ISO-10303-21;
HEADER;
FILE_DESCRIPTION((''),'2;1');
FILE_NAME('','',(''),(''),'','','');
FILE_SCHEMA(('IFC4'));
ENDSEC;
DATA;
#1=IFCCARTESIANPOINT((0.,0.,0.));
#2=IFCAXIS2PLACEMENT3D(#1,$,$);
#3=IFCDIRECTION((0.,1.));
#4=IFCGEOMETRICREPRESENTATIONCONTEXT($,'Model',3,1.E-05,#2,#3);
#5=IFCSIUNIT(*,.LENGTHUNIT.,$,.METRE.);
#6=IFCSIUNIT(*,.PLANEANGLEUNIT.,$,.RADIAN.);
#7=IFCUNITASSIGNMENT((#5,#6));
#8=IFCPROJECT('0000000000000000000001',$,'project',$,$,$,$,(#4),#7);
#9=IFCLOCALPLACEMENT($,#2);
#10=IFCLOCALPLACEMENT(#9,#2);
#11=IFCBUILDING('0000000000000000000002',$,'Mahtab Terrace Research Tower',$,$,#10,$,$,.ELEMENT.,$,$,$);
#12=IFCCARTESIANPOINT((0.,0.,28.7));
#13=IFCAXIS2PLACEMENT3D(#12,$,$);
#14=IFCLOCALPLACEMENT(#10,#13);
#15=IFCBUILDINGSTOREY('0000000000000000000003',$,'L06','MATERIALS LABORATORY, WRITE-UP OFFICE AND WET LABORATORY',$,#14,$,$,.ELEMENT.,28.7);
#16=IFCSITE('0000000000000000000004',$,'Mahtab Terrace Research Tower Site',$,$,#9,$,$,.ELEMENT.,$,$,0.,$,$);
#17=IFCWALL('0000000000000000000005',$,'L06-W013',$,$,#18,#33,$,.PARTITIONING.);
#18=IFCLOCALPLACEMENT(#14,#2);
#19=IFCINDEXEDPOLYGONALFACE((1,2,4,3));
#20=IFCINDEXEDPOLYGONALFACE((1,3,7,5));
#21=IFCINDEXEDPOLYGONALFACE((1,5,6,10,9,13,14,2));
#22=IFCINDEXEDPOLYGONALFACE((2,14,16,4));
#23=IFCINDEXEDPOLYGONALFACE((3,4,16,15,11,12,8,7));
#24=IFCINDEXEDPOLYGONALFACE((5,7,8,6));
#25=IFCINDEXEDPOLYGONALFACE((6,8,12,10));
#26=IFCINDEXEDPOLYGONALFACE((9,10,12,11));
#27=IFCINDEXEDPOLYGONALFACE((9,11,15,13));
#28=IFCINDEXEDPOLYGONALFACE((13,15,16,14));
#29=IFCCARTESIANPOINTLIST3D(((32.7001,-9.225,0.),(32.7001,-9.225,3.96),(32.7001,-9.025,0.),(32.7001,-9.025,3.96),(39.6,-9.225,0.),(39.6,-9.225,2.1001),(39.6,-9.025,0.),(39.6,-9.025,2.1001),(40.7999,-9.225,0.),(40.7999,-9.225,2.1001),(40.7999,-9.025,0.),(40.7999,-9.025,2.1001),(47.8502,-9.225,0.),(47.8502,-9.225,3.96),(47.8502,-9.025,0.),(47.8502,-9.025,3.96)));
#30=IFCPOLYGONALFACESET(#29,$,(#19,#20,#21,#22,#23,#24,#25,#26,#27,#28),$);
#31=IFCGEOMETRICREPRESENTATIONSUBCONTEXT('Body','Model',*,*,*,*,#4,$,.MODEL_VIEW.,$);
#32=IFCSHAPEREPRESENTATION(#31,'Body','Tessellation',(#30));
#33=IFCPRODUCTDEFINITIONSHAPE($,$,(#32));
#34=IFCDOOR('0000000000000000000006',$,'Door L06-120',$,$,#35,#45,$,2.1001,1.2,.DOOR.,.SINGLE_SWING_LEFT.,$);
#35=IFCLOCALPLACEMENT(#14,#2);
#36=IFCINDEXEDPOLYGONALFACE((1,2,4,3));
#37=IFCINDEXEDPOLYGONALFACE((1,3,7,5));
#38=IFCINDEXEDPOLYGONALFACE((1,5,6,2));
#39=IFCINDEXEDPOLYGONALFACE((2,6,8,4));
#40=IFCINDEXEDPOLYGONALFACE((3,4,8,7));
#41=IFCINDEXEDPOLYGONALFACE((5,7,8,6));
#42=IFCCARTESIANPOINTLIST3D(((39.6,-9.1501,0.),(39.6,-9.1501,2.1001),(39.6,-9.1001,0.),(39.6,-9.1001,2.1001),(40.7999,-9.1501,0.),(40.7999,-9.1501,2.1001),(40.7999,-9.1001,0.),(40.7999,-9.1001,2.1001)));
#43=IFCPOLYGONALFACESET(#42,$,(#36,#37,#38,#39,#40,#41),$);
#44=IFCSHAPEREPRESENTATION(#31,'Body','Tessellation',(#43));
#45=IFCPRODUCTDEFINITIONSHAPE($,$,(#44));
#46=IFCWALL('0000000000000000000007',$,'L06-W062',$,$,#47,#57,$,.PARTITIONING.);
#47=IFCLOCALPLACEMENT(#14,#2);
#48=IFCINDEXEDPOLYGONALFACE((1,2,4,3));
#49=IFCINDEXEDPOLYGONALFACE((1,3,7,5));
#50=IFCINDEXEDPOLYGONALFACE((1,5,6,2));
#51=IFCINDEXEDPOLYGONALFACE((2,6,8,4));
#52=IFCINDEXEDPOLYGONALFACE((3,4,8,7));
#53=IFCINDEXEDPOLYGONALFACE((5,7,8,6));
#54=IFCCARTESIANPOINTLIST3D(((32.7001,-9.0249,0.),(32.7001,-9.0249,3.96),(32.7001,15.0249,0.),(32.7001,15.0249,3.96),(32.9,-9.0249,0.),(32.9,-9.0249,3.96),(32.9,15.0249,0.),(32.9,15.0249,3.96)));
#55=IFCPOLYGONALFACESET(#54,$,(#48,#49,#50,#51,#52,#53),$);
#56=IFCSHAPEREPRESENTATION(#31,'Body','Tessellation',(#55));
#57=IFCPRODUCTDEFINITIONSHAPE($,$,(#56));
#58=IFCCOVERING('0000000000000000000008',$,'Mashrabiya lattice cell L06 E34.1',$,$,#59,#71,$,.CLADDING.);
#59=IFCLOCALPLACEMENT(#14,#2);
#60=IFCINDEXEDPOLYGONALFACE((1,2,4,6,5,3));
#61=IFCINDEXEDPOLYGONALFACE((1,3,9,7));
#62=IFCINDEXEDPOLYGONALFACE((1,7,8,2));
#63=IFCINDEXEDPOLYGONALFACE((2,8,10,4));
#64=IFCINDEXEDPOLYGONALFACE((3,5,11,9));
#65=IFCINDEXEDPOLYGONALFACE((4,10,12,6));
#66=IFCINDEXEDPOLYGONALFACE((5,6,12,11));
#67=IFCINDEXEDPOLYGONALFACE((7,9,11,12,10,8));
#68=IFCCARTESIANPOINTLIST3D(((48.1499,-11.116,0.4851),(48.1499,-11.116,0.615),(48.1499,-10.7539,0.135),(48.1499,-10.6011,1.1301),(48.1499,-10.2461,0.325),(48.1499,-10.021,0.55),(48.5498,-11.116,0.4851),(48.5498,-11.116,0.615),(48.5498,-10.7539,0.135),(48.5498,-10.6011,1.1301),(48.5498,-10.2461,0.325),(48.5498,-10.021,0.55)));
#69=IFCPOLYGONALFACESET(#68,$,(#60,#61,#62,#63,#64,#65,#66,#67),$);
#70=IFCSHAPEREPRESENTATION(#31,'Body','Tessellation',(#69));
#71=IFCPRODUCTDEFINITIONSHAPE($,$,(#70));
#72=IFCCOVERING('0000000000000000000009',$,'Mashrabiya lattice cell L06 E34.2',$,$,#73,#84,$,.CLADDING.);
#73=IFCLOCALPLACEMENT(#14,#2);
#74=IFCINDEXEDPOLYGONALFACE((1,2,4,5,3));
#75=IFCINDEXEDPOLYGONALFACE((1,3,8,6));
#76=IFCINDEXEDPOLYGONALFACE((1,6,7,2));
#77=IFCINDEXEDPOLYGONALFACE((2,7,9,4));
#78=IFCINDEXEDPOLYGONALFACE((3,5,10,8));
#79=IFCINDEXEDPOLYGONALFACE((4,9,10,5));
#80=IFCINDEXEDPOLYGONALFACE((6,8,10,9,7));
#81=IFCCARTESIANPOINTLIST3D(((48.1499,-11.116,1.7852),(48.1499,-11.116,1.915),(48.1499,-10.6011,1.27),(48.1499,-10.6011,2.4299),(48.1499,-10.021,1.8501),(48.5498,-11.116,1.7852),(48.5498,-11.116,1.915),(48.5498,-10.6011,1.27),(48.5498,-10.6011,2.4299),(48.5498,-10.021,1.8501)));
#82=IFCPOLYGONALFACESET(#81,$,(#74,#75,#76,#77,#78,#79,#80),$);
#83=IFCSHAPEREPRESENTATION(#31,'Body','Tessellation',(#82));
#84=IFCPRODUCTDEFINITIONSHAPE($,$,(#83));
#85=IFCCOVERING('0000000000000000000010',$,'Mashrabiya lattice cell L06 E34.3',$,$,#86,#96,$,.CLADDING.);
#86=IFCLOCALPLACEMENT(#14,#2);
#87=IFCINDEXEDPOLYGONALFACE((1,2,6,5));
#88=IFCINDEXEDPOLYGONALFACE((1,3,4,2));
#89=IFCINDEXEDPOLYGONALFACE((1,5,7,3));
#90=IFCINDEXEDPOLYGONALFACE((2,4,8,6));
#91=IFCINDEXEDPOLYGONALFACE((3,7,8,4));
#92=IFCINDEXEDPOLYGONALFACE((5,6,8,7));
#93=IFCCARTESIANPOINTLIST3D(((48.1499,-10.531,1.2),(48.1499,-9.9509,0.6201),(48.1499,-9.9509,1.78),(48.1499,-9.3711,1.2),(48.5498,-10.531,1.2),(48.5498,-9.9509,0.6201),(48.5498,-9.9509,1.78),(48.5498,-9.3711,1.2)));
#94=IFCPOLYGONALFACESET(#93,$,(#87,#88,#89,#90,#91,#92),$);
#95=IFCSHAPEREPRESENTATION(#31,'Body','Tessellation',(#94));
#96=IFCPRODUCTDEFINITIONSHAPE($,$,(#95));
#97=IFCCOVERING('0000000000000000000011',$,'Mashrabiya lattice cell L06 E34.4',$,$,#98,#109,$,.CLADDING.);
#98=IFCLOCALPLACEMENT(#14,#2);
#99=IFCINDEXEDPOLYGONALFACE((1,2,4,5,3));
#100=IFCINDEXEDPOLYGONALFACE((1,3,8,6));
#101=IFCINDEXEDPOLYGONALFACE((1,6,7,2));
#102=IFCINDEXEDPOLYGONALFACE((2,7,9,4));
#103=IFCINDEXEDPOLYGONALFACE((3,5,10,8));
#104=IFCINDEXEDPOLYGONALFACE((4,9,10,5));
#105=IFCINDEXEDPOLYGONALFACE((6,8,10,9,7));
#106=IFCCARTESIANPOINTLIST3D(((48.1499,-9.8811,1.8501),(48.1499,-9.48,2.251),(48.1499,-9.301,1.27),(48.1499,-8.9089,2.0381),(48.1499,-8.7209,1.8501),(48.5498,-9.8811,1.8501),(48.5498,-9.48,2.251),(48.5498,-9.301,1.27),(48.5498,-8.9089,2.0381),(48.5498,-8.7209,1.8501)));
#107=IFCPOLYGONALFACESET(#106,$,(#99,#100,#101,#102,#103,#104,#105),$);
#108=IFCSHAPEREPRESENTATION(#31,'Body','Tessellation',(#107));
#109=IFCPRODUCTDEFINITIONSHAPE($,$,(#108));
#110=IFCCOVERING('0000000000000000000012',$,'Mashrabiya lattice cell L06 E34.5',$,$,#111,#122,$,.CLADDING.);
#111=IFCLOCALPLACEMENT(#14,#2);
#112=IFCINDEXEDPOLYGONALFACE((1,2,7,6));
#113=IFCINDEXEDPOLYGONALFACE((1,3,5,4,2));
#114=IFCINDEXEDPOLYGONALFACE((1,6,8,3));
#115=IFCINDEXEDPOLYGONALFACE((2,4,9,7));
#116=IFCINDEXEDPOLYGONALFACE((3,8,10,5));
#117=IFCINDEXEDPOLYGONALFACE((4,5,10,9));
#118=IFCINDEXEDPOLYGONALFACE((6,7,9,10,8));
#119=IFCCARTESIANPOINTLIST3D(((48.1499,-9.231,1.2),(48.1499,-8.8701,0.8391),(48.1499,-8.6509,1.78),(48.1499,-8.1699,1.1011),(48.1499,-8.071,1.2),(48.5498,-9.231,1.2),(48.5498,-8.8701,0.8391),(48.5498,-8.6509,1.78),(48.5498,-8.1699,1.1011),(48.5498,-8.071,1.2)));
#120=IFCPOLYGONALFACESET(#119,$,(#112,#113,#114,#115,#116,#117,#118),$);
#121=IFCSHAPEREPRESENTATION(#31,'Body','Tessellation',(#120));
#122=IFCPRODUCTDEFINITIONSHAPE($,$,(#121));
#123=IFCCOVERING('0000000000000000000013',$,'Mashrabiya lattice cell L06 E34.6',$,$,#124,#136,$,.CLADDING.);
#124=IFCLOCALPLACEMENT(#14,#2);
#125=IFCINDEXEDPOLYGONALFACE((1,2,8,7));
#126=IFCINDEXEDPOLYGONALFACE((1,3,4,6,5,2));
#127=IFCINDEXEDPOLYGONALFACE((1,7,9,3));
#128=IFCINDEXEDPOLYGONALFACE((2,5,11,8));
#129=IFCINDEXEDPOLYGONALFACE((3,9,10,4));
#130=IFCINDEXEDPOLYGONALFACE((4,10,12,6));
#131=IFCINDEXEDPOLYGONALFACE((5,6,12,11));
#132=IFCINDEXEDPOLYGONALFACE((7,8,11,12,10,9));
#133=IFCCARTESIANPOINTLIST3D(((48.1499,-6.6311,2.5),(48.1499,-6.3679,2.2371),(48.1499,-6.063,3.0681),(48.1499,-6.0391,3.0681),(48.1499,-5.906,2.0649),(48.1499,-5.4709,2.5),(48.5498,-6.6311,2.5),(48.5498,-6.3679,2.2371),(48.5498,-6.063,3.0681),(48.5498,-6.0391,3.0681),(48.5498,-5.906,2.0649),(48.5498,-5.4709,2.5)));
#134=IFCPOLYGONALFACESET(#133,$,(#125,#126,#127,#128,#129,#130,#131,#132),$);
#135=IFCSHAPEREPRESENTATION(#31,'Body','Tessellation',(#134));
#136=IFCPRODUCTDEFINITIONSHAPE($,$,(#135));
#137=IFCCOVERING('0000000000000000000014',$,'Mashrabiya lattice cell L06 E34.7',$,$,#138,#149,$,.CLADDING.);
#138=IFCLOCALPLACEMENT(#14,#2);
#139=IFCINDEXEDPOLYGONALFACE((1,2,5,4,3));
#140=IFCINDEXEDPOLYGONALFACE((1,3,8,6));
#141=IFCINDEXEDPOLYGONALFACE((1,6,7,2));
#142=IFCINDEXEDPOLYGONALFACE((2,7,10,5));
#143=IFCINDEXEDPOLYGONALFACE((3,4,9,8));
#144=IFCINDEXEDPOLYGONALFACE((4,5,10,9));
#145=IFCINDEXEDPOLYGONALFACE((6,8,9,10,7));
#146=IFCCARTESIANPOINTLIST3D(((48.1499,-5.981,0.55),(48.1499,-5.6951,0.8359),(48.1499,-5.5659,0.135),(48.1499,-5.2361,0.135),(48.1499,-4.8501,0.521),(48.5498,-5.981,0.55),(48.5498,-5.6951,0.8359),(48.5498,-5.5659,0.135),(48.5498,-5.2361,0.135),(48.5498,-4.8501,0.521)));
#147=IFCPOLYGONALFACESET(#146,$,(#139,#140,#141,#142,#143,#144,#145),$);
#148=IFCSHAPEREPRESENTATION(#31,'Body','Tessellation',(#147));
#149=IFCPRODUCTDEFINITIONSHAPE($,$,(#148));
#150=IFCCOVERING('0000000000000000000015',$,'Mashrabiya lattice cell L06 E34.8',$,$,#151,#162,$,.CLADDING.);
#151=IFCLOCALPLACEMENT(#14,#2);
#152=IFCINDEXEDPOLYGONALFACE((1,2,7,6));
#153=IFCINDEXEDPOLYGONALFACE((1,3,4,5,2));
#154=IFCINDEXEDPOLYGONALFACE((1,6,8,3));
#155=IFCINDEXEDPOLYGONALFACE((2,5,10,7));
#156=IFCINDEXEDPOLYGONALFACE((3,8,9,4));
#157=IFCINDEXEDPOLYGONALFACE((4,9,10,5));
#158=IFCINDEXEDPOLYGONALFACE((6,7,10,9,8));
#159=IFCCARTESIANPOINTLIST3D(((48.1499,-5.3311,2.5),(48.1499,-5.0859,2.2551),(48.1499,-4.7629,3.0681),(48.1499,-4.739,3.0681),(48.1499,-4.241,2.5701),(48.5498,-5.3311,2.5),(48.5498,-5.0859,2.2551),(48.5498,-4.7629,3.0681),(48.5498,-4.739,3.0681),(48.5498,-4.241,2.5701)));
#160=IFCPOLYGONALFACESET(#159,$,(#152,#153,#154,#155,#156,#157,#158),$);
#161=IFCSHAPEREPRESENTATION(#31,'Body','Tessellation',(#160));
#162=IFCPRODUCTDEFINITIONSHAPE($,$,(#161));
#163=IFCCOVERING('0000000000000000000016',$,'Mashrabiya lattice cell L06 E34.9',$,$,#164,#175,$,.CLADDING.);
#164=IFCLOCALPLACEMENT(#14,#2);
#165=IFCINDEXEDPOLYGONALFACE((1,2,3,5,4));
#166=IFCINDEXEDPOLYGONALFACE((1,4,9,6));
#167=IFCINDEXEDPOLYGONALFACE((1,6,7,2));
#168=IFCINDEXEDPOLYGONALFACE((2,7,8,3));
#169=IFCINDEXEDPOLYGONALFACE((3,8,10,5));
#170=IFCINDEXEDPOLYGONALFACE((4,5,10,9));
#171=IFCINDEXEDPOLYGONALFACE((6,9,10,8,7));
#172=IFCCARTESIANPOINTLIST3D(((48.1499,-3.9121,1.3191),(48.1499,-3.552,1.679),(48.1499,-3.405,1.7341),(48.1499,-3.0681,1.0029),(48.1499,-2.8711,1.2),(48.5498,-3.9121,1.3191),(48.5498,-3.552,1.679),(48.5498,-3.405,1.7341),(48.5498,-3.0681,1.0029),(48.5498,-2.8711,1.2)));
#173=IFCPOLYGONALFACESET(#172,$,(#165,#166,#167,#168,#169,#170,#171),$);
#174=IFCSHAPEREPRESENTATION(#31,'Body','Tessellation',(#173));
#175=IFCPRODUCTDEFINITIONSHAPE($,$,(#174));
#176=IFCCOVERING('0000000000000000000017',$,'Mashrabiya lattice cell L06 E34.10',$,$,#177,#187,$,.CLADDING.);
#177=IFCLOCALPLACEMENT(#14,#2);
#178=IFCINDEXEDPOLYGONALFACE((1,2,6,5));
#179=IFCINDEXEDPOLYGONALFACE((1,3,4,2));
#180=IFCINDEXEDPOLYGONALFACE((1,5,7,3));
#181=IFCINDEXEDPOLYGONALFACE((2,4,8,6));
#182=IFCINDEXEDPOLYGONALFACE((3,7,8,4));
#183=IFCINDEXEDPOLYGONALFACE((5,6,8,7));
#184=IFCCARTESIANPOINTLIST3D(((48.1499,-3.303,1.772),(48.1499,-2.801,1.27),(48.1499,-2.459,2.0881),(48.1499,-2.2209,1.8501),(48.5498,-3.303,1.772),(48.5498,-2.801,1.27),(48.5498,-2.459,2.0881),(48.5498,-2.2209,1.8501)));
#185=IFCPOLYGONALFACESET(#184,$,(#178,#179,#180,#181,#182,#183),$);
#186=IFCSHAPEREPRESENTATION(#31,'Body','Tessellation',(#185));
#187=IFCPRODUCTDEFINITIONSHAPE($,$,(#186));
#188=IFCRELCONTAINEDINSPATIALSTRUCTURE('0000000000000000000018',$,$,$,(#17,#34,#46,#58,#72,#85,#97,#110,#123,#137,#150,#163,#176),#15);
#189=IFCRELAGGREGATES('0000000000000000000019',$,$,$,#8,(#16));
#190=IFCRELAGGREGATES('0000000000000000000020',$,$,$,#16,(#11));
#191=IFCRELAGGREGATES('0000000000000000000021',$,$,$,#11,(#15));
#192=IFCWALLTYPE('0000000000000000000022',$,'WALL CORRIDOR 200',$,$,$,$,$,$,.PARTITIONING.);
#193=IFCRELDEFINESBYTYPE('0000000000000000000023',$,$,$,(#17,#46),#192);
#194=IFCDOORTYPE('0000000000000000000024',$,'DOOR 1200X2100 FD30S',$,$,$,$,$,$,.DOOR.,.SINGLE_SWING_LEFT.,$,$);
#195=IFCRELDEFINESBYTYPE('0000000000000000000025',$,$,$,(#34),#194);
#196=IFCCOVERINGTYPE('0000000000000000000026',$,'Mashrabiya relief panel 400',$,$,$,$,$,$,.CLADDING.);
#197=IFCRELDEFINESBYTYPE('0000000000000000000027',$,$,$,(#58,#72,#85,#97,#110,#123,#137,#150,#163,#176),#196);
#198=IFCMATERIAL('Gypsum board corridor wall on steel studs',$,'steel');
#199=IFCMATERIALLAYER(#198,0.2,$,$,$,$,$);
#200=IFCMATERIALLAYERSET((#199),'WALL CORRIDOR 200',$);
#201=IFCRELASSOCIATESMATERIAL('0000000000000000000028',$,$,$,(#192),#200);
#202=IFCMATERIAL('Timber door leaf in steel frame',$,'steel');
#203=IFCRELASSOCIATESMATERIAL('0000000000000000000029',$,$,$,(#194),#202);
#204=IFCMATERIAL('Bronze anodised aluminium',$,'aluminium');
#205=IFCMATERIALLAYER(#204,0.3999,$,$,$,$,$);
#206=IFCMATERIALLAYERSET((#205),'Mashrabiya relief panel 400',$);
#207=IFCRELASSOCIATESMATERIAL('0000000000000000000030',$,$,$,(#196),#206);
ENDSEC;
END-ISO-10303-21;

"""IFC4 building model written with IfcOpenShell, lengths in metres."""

from ifc_helpers import new_model, si_unit, direction, frame, frame_2d, origin, place, context, subcontext, project, spatial, polyline, rectangle, outline, extrude, material, layer, layer_set, type_object, element, fill, save


model = new_model("IFC4")

# Units and contexts
model_context = context("Model", 3, precision=1e-05, world=origin(), true_north=direction((0.0, 1.0)))
body_context = subcontext(model_context, "Body", "Model", "MODEL_VIEW")
ifc_project = project(units=[si_unit("LENGTHUNIT", "METRE"), si_unit("PLANEANGLEUNIT", "RADIAN")], contexts=[model_context])

# Site, building, storey
site_placement = place(None, origin())
site = spatial("IfcSite", under=ifc_project, at=site_placement, Name="Mahtab Terrace Research Tower Site", CompositionType="ELEMENT", RefElevation=0.0)
building_placement = place(site_placement, origin())
building = spatial("IfcBuilding", under=site, at=building_placement, Name="Mahtab Terrace Research Tower", CompositionType="ELEMENT")
storey_placement = place(building_placement, frame((0.0, 0.0, 28.7)))
storey = spatial("IfcBuildingStorey", under=building, at=storey_placement, Name="L06", Description="MATERIALS LABORATORY, WRITE-UP OFFICE AND WET LABORATORY", CompositionType="ELEMENT", Elevation=28.7)

# Wall, opening, door
ifc_material_1 = material(Name="Gypsum board corridor wall on steel studs", Category="steel")
ifc_layer_1 = layer(ifc_material_1, 0.2)
ifc_layer_set_1 = layer_set([ifc_layer_1], Name="WALL CORRIDOR 200")
wall_type_1 = type_object("IfcWallType", Name="WALL CORRIDOR 200", PredefinedType="PARTITIONING", material=ifc_layer_set_1)
ifc_material_2 = material(Name="Timber door leaf in steel frame", Category="steel")
door_type = type_object("IfcDoorType", Name="DOOR 1200X2100 FD30S", OperationType="SINGLE_SWING_LEFT", PredefinedType="DOOR", material=ifc_material_2)
wall_1_placement = place(storey_placement, frame((32.7, -9.125, 0.0), z_axis=(0.0, 0.0, 1.0), x_axis=(1.0, 0.0, 0.0)))
wall_1 = element("IfcWall", 1, at=wall_1_placement, inside=storey, type_object=wall_type_1, Name="L06-W013", PredefinedType="PARTITIONING", context=body_context, shape_type="SweptSolid", body=[
    extrude(rectangle(XDim=15.1501, YDim=0.2, at=frame_2d((7.5752, 0.0))), origin(), (0.0, 0.0, 1.0), 3.96),
])
opening_1_placement = place(wall_1_placement, frame((6.8999, 0.0, 0.0)))
opening_1 = element("IfcOpeningElement", 2, at=opening_1_placement, cuts=wall_1, PredefinedType="OPENING", context=body_context, shape_type="SweptSolid", body=[
    extrude(rectangle(XDim=1.2, YDim=2.1001, at=frame_2d((0.6001, 1.05))), frame((0.0, 0.1099, 0.0), z_axis=(0.0, -1.0, 0.0), x_axis=(1.0, 0.0, 0.0)), (0.0, 0.0, 1.0), 0.22),
])
door_1_placement = place(opening_1_placement, origin())
door_1 = element("IfcDoor", 3, at=door_1_placement, inside=storey, type_object=door_type, Name="Door L06-120", OperationType="SINGLE_SWING_LEFT", OverallHeight=2.1001, OverallWidth=1.2, PredefinedType="DOOR", context=body_context, shape_type="SweptSolid", body=[
    extrude(rectangle(XDim=1.2, YDim=2.1001, at=frame_2d((0.6001, 1.05))), frame((0.0, 0.0249, 0.0), z_axis=(0.0, -1.0, 0.0), x_axis=(1.0, 0.0, 0.0)), (0.0, 0.0, 1.0), 0.05),
])
fill(opening_1, door_1)

# Wall
wall_2_placement = place(storey_placement, frame((32.8, -9.0249, 0.0), z_axis=(0.0, 0.0, 1.0), x_axis=(0.0, 1.0, 0.0)))
element("IfcWall", 4, at=wall_2_placement, inside=storey, type_object=wall_type_1, Name="L06-W062", PredefinedType="PARTITIONING", context=body_context, shape_type="SweptSolid", body=[
    extrude(rectangle(XDim=24.0498, YDim=0.2, at=frame_2d((12.0249, 0.0))), origin(), (0.0, 0.0, 1.0), 3.96),
])

# Coverings
ifc_material_3 = material(Name="Bronze anodised aluminium", Category="aluminium")
ifc_layer_2 = layer(ifc_material_3, 0.3999)
ifc_layer_set_2 = layer_set([ifc_layer_2], Name="Mashrabiya relief panel 400")
covering_type = type_object("IfcCoveringType", Name="Mashrabiya relief panel 400", PredefinedType="CLADDING", material=ifc_layer_set_2)
covering_1_placement = place(storey_placement, frame((48.1499, -11.116, 0.4851), z_axis=(-1.0, 0.0, 0.0), x_axis=(0.0, 0.0, 1.0)))
element("IfcCovering", 5, at=covering_1_placement, inside=storey, type_object=covering_type, Name="Mashrabiya lattice cell L06 E34.1", PredefinedType="CLADDING", context=body_context, shape_type="SweptSolid", body=[
    extrude(outline(polyline([(0.0, 0.0), (0.1299, 0.0), (0.645, 0.5149), (0.0649, 1.095), (-0.1602, 0.8699), (-0.3501, 0.3621), (0.0, 0.0)])), origin(), (0.0, 0.0, -1.0), 0.3999),
])
covering_2_placement = place(storey_placement, frame((48.1499, -10.6011, 2.4299), z_axis=(-1.0, 0.0, 0.0), x_axis=(0.0, 0.707256, -0.706958)))
element("IfcCovering", 6, at=covering_2_placement, inside=storey, type_object=covering_type, Name="Mashrabiya lattice cell L06 E34.2", PredefinedType="CLADDING", context=body_context, shape_type="SweptSolid", body=[
    extrude(outline(polyline([(0.0, 0.0), (0.8202, 0.0), (0.82, 0.8204), (0.0917, 0.82), (-0.0002, 0.7282), (0.0, 0.0)])), origin(), (0.0, 0.0, -1.0), 0.3999),
])
covering_3_placement = place(storey_placement, frame((48.1499, -9.9509, 1.78), z_axis=(-1.0, 0.0, 0.0), x_axis=(0.0, 0.706958, -0.707256)))
element("IfcCovering", 7, at=covering_3_placement, inside=storey, type_object=covering_type, Name="Mashrabiya lattice cell L06 E34.3", PredefinedType="CLADDING", context=body_context, shape_type="SweptSolid", body=[
    extrude(outline(polyline([(0.0, 0.0), (0.8202, 0.0), (0.8204, 0.82), (0.0002, 0.8204), (0.0, 0.0)])), origin(), (0.0, 0.0, -1.0), 0.3999),
])
covering_4_placement = place(storey_placement, frame((48.1499, -8.7209, 1.8501), z_axis=(-1.0, 0.0, 0.0), x_axis=(0.0, -0.707107, -0.707107)))
element("IfcCovering", 8, at=covering_4_placement, inside=storey, type_object=covering_type, Name="Mashrabiya lattice cell L06 E34.4", PredefinedType="CLADDING", context=body_context, shape_type="SweptSolid", body=[
    extrude(outline(polyline([(0.0, 0.0), (0.8204, 0.0), (0.8204, 0.8204), (0.2533, 0.8202), (0.0, 0.2659), (0.0, 0.0)])), origin(), (0.0, 0.0, -1.0), 0.3999),
])
covering_5_placement = place(storey_placement, frame((48.1499, -9.231, 1.2), z_axis=(-1.0, 0.0, 0.0), x_axis=(0.0, 0.707107, 0.707107)))
element("IfcCovering", 9, at=covering_5_placement, inside=storey, type_object=covering_type, Name="Mashrabiya lattice cell L06 E34.5", PredefinedType="CLADDING", context=body_context, shape_type="SweptSolid", body=[
    extrude(outline(polyline([(0.0, 0.0), (0.8204, 0.0), (0.8202, 0.8202), (0.6803, 0.8202), (0.0, 0.5103), (0.0, 0.0)])), origin(), (0.0, 0.0, -1.0), 0.3999),
])
covering_6_placement = place(storey_placement, frame((48.1499, -6.6311, 2.5), z_axis=(-1.0, 0.0, 0.0), x_axis=(0.0, 0.707107, 0.707107)))
element("IfcCovering", 10, at=covering_6_placement, inside=storey, type_object=covering_type, Name="Mashrabiya lattice cell L06 E34.6", PredefinedType="CLADDING", context=body_context, shape_type="SweptSolid", body=[
    extrude(outline(polyline([(0.0, 0.0), (0.8034, 0.0), (0.8204, 0.0169), (0.8204, 0.8204), (0.2051, 0.8204), (0.0002, 0.372), (0.0, 0.0)])), origin(), (0.0, 0.0, -1.0), 0.3999),
])
covering_7_placement = place(storey_placement, frame((48.1499, -5.981, 0.55), z_axis=(-1.0, 0.0, 0.0), x_axis=(0.0, 0.707107, 0.707107)))
element("IfcCovering", 11, at=covering_7_placement, inside=storey, type_object=covering_type, Name="Mashrabiya lattice cell L06 E34.7", PredefinedType="CLADDING", context=body_context, shape_type="SweptSolid", body=[
    extrude(outline(polyline([(0.0, 0.0), (0.4043, 0.0), (0.7791, 0.8202), (0.2332, 0.8202), (0.0, 0.587), (0.0, 0.0)])), origin(), (0.0, 0.0, -1.0), 0.3999),
])
covering_8_placement = place(storey_placement, frame((48.1499, -5.3311, 2.5), z_axis=(-1.0, 0.0, 0.0), x_axis=(0.0, 0.707107, 0.707107)))
element("IfcCovering", 12, at=covering_8_placement, inside=storey, type_object=covering_type, Name="Mashrabiya lattice cell L06 E34.8", PredefinedType="CLADDING", context=body_context, shape_type="SweptSolid", body=[
    extrude(outline(polyline([(0.0, 0.0), (0.8034, 0.0), (0.8204, 0.0169), (0.8204, 0.7213), (0.0002, 0.3465), (0.0, 0.0)])), origin(), (0.0, 0.0, -1.0), 0.3999),
])
covering_9_placement = place(storey_placement, frame((48.1499, -2.8711, 1.2), z_axis=(-1.0, 0.0, 0.0), x_axis=(0.0, -0.707107, -0.707107)))
element("IfcCovering", 13, at=covering_9_placement, inside=storey, type_object=covering_type, Name="Mashrabiya lattice cell L06 E34.9", PredefinedType="CLADDING", context=body_context, shape_type="SweptSolid", body=[
    extrude(outline(polyline([(0.0, 0.0), (0.2786, 0.0), (0.6519, 0.8204), (0.1428, 0.8202), (-0.0002, 0.7553), (0.0, 0.0)])), origin(), (0.0, 0.0, -1.0), 0.3999),
])
covering_10_placement = place(storey_placement, frame((48.1499, -2.2209, 1.8501), z_axis=(-1.0, 0.0, 0.0), x_axis=(0.0, -0.707107, -0.707107)))
element("IfcCovering", 14, at=covering_10_placement, inside=storey, type_object=covering_type, Name="Mashrabiya lattice cell L06 E34.10", PredefinedType="CLADDING", context=body_context, shape_type="SweptSolid", body=[
    extrude(outline(polyline([(0.0, 0.0), (0.8204, 0.0), (0.8204, 0.7099), (0.0, 0.3366), (0.0, 0.0)])), origin(), (0.0, 0.0, -1.0), 0.3999),
])

save(model, "model.ifc")
